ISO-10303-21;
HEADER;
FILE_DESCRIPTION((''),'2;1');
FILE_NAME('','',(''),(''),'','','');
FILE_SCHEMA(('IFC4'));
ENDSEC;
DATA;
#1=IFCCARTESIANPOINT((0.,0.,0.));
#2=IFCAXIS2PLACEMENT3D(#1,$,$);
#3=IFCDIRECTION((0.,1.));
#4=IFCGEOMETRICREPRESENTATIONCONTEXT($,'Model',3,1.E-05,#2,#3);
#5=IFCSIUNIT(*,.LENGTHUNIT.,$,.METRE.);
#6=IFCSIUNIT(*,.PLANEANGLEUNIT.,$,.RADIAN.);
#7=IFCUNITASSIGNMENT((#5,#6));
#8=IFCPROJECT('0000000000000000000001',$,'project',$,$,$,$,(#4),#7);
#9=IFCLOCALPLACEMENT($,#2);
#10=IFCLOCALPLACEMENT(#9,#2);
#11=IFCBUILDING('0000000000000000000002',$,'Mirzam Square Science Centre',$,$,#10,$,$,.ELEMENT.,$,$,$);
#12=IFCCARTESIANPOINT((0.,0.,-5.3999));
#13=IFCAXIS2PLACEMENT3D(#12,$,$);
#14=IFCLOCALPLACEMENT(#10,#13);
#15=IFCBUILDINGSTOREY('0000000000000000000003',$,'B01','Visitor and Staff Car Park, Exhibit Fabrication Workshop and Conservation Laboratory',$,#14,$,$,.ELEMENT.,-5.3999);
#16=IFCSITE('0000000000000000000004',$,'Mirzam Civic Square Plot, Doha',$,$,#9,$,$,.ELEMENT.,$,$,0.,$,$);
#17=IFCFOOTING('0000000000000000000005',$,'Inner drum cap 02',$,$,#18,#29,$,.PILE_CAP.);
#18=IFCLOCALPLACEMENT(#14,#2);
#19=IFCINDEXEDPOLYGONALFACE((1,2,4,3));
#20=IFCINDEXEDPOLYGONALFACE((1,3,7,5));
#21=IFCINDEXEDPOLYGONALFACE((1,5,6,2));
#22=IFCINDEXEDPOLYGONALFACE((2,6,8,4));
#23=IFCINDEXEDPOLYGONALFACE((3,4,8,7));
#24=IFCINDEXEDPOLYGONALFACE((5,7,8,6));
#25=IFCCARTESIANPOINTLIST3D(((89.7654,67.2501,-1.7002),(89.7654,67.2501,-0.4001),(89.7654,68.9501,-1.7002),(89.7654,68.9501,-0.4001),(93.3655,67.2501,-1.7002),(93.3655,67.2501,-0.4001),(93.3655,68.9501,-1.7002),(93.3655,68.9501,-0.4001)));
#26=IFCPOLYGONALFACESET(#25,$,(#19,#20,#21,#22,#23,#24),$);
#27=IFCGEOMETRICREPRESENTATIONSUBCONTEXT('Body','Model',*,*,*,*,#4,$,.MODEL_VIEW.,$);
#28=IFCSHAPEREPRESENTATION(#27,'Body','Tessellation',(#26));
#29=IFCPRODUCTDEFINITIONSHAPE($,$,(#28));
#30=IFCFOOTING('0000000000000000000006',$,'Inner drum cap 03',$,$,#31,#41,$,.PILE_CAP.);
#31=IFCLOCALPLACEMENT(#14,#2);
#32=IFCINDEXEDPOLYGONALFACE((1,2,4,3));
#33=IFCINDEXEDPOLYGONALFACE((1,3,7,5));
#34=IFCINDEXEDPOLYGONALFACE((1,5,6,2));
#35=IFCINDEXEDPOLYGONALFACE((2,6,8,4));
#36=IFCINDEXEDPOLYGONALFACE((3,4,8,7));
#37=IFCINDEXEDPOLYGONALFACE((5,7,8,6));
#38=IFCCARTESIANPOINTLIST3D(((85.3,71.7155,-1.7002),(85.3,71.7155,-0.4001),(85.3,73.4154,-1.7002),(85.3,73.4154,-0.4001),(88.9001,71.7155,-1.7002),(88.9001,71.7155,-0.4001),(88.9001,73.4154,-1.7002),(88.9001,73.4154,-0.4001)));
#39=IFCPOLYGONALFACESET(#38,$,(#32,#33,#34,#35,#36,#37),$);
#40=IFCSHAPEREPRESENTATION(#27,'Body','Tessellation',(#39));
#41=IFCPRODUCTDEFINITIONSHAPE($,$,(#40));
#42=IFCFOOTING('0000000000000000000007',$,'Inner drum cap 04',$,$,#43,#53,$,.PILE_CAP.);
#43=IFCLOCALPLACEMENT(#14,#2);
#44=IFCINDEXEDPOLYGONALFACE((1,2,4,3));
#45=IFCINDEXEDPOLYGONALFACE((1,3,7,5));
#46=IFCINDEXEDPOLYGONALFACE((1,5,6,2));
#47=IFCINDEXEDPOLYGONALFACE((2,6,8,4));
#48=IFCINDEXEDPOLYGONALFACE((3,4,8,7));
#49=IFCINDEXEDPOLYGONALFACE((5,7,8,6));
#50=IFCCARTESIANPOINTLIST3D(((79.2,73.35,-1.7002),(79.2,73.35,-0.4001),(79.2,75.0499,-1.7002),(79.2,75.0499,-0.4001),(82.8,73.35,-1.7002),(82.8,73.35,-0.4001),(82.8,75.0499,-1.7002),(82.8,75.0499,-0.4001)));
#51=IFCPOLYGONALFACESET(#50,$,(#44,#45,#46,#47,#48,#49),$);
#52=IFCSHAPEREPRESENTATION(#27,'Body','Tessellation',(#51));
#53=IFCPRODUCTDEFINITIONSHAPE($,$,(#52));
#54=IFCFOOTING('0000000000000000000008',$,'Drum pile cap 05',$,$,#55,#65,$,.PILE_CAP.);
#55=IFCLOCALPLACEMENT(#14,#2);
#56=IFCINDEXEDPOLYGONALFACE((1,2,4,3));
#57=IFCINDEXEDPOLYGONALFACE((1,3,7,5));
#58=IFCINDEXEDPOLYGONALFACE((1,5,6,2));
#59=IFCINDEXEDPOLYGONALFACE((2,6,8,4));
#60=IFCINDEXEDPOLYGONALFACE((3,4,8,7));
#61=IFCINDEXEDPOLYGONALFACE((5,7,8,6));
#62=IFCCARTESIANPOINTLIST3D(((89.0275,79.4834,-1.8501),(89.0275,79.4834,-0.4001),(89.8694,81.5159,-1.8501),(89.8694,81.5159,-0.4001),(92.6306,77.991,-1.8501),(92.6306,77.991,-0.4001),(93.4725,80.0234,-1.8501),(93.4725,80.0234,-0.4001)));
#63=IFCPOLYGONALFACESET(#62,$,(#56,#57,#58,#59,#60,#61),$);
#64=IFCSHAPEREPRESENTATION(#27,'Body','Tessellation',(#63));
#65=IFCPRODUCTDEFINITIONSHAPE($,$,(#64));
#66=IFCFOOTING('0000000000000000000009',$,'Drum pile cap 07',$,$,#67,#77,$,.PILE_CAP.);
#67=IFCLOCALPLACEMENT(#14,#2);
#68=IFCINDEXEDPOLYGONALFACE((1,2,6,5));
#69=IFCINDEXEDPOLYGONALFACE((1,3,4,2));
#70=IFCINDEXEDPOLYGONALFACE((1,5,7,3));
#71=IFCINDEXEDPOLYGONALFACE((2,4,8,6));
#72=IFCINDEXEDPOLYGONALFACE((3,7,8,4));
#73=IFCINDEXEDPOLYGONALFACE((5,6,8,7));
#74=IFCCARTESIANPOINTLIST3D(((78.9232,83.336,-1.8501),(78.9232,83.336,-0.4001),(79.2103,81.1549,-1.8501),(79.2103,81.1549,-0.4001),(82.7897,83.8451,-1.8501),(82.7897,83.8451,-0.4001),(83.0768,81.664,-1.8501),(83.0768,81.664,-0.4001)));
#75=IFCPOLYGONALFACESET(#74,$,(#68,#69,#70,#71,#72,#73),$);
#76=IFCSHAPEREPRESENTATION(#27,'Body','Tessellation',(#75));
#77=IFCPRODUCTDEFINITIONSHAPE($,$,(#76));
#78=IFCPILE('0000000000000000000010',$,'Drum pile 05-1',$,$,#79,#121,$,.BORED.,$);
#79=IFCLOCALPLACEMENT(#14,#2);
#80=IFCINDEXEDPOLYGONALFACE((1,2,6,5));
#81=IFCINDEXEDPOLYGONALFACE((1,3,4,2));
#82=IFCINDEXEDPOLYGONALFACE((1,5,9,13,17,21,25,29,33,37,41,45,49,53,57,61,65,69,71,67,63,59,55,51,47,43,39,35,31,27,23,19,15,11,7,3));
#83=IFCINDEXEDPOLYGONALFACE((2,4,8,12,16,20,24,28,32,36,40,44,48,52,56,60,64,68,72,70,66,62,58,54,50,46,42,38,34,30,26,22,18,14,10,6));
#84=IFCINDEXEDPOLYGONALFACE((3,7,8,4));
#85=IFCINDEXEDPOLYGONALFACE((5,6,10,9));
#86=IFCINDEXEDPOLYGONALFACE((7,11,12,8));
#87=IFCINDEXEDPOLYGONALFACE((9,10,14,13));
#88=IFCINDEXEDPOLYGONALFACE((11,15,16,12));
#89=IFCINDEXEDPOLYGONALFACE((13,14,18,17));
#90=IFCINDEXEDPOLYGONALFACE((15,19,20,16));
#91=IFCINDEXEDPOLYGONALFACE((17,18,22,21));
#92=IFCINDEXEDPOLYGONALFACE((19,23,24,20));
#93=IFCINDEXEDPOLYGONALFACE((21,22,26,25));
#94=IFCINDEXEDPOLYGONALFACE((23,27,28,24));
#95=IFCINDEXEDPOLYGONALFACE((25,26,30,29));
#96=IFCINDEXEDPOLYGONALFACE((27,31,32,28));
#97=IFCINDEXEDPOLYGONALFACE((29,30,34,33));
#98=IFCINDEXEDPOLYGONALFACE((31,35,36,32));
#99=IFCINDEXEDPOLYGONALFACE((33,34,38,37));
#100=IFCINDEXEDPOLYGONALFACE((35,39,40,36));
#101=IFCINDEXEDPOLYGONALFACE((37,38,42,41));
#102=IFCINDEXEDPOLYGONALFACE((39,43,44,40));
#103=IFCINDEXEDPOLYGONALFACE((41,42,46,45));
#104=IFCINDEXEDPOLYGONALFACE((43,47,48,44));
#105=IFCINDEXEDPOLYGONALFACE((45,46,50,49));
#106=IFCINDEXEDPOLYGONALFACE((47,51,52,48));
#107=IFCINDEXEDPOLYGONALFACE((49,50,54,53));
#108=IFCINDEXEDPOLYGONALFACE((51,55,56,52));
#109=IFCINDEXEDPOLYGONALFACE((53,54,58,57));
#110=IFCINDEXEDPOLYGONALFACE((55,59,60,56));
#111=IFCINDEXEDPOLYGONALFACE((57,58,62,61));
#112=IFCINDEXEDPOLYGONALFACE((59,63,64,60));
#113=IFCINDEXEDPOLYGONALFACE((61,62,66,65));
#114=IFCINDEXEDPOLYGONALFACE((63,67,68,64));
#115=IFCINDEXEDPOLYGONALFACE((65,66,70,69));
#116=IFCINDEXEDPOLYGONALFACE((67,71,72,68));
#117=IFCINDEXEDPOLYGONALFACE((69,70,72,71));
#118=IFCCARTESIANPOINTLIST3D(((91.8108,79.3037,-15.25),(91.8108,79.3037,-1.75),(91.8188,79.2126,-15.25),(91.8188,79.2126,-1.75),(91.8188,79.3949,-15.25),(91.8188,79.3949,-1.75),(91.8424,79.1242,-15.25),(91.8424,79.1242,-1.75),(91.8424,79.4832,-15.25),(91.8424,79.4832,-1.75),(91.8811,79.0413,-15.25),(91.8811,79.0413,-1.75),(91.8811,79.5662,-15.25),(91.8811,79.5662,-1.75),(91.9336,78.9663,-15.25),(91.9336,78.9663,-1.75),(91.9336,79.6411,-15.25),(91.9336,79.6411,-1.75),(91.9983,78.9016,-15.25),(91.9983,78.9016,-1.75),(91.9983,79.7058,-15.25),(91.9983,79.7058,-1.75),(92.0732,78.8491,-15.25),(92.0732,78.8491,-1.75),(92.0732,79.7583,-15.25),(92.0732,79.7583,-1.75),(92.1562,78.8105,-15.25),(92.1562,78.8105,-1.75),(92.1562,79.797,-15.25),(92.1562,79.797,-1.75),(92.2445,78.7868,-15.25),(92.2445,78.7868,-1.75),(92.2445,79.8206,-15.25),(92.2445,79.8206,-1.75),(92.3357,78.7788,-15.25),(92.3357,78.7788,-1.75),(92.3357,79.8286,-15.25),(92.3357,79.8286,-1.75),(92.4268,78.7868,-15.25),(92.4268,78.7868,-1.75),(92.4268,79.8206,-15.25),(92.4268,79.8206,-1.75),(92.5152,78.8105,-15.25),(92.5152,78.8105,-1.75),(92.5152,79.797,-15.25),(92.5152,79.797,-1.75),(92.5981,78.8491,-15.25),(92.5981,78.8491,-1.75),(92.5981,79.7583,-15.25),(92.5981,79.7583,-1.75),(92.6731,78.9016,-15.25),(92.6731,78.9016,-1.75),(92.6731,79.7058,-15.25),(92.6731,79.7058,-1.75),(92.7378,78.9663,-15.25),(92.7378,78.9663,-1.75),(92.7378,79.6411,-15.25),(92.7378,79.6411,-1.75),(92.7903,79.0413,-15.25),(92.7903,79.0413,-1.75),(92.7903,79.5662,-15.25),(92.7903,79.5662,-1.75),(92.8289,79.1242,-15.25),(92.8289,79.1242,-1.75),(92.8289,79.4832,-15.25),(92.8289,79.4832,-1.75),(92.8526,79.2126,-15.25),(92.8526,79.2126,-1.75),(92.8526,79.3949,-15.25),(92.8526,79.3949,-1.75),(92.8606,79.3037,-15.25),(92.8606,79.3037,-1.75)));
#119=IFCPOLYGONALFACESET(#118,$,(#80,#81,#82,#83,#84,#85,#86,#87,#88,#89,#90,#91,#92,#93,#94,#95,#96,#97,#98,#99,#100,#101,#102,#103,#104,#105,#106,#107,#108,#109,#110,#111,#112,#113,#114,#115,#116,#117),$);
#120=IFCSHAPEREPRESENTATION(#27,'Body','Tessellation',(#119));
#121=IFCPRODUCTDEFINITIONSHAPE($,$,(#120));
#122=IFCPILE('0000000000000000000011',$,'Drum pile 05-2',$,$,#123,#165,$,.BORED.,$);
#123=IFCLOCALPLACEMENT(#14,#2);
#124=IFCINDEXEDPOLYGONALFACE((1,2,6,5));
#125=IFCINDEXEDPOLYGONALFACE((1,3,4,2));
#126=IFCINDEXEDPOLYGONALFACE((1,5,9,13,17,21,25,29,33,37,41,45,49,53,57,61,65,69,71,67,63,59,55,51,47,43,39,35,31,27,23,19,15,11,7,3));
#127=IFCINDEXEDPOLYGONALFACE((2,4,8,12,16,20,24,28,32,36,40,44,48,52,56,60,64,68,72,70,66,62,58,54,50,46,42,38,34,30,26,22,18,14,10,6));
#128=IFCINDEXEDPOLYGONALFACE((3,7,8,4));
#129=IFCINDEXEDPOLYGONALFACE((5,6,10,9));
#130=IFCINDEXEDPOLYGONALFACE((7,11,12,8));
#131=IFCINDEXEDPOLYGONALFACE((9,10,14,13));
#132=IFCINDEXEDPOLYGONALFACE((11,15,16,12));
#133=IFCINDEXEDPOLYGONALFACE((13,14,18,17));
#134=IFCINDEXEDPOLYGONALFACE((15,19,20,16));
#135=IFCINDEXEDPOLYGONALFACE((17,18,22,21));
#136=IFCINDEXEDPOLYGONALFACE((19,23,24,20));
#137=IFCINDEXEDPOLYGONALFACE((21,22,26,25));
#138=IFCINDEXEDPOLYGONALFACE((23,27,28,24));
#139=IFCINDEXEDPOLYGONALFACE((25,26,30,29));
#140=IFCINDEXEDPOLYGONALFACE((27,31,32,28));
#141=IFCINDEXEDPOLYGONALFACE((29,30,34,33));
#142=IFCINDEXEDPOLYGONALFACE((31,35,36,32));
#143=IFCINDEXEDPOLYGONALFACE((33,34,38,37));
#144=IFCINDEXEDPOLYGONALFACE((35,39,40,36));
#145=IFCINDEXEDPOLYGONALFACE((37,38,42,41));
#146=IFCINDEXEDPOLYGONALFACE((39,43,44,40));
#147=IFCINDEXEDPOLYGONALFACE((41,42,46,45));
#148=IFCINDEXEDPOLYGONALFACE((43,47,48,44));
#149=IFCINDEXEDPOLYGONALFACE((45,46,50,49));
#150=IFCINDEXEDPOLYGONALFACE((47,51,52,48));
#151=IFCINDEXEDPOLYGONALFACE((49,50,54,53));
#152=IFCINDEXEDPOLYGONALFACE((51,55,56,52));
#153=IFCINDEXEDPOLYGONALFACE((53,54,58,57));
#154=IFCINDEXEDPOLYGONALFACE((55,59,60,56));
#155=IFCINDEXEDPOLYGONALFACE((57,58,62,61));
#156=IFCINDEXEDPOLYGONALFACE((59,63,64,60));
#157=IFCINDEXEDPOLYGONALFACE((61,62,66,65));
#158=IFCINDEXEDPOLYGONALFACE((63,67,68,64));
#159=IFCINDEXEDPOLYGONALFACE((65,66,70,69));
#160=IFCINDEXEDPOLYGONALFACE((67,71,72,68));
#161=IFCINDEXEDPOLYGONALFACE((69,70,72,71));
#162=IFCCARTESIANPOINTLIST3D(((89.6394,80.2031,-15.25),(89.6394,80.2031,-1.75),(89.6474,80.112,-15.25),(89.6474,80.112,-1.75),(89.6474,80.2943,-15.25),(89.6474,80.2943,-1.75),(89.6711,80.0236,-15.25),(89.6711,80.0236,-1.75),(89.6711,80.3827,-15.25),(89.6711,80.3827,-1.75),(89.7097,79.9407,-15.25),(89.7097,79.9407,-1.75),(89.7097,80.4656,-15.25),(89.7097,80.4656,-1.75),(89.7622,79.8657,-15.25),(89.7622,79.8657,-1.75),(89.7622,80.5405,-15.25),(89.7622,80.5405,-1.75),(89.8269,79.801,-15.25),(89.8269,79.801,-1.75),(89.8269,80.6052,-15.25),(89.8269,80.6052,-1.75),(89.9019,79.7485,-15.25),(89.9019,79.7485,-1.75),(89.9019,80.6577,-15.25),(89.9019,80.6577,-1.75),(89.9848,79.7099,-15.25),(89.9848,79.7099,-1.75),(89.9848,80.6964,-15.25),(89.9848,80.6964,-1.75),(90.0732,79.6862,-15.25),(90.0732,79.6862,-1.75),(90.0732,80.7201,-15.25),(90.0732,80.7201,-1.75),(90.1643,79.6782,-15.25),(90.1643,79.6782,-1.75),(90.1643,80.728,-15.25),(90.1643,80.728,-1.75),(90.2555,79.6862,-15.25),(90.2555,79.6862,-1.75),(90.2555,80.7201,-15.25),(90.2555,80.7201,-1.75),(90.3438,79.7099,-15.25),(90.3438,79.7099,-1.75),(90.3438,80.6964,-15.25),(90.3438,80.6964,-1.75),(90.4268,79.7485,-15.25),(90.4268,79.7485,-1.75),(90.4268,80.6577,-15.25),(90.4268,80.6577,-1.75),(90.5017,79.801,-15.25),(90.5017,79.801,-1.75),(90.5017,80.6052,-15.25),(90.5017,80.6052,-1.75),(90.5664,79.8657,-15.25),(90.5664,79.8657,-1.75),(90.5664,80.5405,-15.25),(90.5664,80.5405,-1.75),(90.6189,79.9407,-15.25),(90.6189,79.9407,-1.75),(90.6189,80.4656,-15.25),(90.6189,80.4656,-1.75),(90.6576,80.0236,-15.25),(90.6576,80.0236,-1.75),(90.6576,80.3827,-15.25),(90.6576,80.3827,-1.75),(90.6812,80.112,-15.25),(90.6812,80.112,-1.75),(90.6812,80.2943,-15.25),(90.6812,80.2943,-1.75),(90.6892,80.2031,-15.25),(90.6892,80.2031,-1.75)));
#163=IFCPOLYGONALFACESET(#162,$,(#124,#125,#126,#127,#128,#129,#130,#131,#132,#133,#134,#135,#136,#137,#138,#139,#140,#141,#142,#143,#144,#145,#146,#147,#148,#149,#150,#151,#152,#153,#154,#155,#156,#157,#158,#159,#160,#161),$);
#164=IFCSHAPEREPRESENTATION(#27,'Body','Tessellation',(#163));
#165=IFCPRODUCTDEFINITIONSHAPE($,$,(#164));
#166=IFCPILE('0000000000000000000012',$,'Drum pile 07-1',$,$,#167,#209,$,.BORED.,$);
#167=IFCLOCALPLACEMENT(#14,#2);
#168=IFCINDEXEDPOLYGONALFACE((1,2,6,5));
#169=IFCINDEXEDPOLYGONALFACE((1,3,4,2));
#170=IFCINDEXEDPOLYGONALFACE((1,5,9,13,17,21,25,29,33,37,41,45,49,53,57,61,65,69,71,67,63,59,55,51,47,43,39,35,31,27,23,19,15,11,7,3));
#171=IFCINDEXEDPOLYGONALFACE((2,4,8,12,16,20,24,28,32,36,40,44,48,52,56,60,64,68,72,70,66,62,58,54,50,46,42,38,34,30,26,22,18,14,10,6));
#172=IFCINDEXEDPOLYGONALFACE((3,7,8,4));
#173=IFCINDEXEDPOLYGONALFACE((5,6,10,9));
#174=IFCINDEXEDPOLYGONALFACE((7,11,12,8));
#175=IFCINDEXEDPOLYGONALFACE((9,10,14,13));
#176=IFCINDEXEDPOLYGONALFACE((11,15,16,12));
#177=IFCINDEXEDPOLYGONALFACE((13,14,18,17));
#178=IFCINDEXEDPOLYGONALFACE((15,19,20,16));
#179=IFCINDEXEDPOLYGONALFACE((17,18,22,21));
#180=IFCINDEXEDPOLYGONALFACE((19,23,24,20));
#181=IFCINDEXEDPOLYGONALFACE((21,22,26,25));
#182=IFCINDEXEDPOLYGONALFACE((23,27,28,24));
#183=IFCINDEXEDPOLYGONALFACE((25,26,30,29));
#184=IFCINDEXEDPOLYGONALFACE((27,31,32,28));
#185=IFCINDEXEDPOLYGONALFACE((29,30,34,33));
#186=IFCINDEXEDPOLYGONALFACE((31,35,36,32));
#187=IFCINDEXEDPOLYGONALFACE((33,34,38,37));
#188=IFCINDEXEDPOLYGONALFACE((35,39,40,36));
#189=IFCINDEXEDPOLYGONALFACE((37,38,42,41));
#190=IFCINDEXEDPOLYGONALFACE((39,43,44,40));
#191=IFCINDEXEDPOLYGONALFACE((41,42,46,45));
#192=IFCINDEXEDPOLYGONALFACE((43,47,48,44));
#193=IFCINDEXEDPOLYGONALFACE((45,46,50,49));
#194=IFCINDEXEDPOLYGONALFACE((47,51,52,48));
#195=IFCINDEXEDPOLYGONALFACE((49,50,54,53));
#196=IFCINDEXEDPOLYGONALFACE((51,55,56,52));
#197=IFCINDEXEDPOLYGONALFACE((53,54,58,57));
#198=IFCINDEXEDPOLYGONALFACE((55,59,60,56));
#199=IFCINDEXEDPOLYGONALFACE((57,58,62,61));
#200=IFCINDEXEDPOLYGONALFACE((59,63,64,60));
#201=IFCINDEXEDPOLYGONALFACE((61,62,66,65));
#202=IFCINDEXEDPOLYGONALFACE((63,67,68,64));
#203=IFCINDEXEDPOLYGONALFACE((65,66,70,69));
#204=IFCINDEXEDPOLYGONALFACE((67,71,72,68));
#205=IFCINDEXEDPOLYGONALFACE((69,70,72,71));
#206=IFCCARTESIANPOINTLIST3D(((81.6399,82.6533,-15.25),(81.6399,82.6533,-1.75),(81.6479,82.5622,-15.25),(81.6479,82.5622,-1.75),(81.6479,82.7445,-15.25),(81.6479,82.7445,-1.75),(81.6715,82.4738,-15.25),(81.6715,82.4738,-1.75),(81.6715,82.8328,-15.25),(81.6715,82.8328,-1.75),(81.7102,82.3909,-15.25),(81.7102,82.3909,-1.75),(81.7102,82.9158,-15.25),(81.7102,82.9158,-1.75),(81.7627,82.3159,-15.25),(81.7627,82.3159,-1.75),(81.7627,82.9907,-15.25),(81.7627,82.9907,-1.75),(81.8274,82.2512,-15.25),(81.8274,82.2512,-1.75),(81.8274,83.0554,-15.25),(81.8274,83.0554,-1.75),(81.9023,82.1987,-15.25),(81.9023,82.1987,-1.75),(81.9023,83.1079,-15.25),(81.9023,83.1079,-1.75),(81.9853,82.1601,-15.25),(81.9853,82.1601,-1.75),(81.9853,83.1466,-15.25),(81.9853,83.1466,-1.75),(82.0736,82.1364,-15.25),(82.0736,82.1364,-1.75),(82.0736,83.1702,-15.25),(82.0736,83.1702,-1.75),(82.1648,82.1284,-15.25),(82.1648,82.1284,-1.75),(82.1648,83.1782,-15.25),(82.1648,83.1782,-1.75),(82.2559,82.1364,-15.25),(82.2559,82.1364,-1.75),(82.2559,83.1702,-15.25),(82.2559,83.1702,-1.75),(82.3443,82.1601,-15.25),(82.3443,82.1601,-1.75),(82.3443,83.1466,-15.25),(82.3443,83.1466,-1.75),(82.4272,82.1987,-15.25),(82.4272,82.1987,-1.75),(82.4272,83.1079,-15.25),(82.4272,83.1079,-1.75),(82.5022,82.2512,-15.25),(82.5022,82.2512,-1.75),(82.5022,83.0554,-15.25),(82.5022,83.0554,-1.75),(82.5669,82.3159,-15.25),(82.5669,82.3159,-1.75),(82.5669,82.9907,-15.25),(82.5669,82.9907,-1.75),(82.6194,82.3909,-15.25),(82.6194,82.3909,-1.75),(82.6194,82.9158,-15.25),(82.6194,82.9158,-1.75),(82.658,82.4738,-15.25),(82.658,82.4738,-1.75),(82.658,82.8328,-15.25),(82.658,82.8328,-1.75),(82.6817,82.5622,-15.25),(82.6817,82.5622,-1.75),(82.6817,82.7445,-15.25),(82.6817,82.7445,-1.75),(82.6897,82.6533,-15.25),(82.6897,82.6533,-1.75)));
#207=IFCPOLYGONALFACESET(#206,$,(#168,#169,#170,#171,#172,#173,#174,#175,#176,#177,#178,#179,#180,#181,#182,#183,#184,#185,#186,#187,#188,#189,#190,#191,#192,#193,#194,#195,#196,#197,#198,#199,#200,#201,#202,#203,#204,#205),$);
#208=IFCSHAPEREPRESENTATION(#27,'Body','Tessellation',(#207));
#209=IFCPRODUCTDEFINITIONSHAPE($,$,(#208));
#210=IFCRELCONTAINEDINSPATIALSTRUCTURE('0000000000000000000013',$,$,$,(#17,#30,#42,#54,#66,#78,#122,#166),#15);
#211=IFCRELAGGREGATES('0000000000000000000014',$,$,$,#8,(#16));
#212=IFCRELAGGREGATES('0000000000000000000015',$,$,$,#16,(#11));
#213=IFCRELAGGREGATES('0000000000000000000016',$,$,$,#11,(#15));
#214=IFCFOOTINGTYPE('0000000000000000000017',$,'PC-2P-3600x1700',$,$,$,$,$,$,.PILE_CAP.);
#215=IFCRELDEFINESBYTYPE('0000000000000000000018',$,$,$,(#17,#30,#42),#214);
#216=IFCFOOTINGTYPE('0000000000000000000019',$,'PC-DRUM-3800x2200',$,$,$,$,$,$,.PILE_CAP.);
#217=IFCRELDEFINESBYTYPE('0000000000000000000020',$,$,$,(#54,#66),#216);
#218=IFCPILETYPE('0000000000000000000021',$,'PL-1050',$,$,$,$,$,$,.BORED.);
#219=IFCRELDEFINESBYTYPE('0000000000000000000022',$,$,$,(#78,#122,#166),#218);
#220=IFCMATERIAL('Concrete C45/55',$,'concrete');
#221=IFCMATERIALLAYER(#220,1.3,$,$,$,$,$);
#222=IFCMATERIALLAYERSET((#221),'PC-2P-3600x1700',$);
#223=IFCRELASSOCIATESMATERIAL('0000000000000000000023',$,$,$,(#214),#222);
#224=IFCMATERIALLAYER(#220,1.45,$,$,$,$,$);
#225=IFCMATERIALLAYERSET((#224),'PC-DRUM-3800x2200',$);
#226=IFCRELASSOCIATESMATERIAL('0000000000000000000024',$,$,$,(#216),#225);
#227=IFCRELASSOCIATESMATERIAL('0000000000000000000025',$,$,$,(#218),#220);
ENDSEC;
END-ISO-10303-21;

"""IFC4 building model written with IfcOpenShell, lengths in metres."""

from ifc_helpers import new_model, si_unit, direction, frame, origin, origin_2d, place, context, subcontext, project, spatial, rectangle, circle, extrude, material, layer, layer_set, material_profile, profile_set, type_object, element, save


model = new_model("IFC4")

# Units and contexts
model_context = context("Model", 3, precision=1e-05, world=origin(), true_north=direction((0.0, 1.0)))
body_context = subcontext(model_context, "Body", "Model", "MODEL_VIEW")
ifc_project = project(units=[si_unit("LENGTHUNIT", "METRE"), si_unit("PLANEANGLEUNIT", "RADIAN")], contexts=[model_context])

# Site, building, storey
site_placement = place(None, origin())
site = spatial("IfcSite", under=ifc_project, at=site_placement, Name="Mirzam Civic Square Plot, Doha", CompositionType="ELEMENT", RefElevation=0.0)
building_placement = place(site_placement, origin())
building = spatial("IfcBuilding", under=site, at=building_placement, Name="Mirzam Square Science Centre", CompositionType="ELEMENT")
storey_placement = place(building_placement, frame((0.0, 0.0, -5.3999)))
storey = spatial("IfcBuildingStorey", under=building, at=storey_placement, Name="B01", Description="Visitor and Staff Car Park, Exhibit Fabrication Workshop and Conservation Laboratory", CompositionType="ELEMENT", Elevation=-5.3999)

# Footings
ifc_material_1 = material(Name="Concrete C45/55", Category="concrete")
ifc_layer_1 = layer(ifc_material_1, 1.3)
ifc_layer_set_1 = layer_set([ifc_layer_1], Name="PC-2P-3600x1700")
footing_type_1 = type_object("IfcFootingType", Name="PC-2P-3600x1700", PredefinedType="PILE_CAP", material=ifc_layer_set_1)
for number, where, z_axis, x_axis, name in (
    (1, (91.5654, 68.1001, -1.7002), (0.0, 0.0, 1.0), (1.0, 0.0, 0.0), "Inner drum cap 02"),
    (2, (87.1001, 72.5654, -1.7002), (0.0, 0.0, 1.0), (1.0, 0.0, 0.0), "Inner drum cap 03"),
    (3, (81.0, 74.2, -1.7002), (0.0, 0.0, 1.0), (1.0, 0.0, 0.0), "Inner drum cap 04"),
):
    element("IfcFooting", number, at=place(storey_placement, frame(where, z_axis=z_axis, x_axis=x_axis)), inside=storey, type_object=footing_type_1, Name=name, PredefinedType="PILE_CAP", context=body_context, shape_type="SweptSolid", body=[
        extrude(rectangle(XDim=3.6001, YDim=1.7, at=origin_2d()), origin(), (0.0, 0.0, 1.0), 1.3),
    ])
ifc_layer_2 = layer(ifc_material_1, 1.45)
ifc_layer_set_2 = layer_set([ifc_layer_2], Name="PC-DRUM-3800x2200")
footing_type_2 = type_object("IfcFootingType", Name="PC-DRUM-3800x2200", PredefinedType="PILE_CAP", material=ifc_layer_set_2)
for number, where, z_axis, x_axis, name in (
    (4, (91.25, 79.7534, -1.8501), (0.0, 0.0, 1.0), (-0.92388, 0.382683, 0.0), "Drum pile cap 05"),
    (5, (81.0, 82.5, -1.8501), (0.0, 0.0, 1.0), (-0.991445, -0.130526, 0.0), "Drum pile cap 07"),
):
    element("IfcFooting", number, at=place(storey_placement, frame(where, z_axis=z_axis, x_axis=x_axis)), inside=storey, type_object=footing_type_2, Name=name, PredefinedType="PILE_CAP", context=body_context, shape_type="SweptSolid", body=[
        extrude(rectangle(XDim=3.8999, YDim=2.2, at=origin_2d()), origin(), (0.0, 0.0, 1.0), 1.45),
    ])

# Piles
ifc_material_profile_1 = material_profile(ifc_material_1, circle(Radius=0.5249, at=origin_2d()), Name="PILE-D1050")
ifc_profile_set_1 = profile_set([ifc_material_profile_1], Name="Concrete C45/55")
pile_type_1 = type_object("IfcPileType", Name="PL-1050", PredefinedType="BORED", material=ifc_profile_set_1)
for number, where, z_axis, x_axis, name in (
    (6, (92.3357, 79.3037, -1.75), (0.0, 0.0, -1.0), (1.0, 0.0, 0.0), "Drum pile 05-1"),
    (7, (90.1643, 80.2031, -1.75), (0.0, 0.0, -1.0), (1.0, 0.0, 0.0), "Drum pile 05-2"),
    (8, (82.1648, 82.6533, -1.75), (0.0, 0.0, -1.0), (1.0, 0.0, 0.0), "Drum pile 07-1"),
):
    element("IfcPile", number, at=place(storey_placement, frame(where, z_axis=z_axis, x_axis=x_axis)), inside=storey, type_object=pile_type_1, Name=name, PredefinedType="BORED", context=body_context, shape_type="SweptSolid", body=[
        extrude(circle(Radius=0.5249, at=origin_2d()), origin(), (0.0, 0.0, 1.0), 13.5),
    ])

save(model, "model.ifc")
